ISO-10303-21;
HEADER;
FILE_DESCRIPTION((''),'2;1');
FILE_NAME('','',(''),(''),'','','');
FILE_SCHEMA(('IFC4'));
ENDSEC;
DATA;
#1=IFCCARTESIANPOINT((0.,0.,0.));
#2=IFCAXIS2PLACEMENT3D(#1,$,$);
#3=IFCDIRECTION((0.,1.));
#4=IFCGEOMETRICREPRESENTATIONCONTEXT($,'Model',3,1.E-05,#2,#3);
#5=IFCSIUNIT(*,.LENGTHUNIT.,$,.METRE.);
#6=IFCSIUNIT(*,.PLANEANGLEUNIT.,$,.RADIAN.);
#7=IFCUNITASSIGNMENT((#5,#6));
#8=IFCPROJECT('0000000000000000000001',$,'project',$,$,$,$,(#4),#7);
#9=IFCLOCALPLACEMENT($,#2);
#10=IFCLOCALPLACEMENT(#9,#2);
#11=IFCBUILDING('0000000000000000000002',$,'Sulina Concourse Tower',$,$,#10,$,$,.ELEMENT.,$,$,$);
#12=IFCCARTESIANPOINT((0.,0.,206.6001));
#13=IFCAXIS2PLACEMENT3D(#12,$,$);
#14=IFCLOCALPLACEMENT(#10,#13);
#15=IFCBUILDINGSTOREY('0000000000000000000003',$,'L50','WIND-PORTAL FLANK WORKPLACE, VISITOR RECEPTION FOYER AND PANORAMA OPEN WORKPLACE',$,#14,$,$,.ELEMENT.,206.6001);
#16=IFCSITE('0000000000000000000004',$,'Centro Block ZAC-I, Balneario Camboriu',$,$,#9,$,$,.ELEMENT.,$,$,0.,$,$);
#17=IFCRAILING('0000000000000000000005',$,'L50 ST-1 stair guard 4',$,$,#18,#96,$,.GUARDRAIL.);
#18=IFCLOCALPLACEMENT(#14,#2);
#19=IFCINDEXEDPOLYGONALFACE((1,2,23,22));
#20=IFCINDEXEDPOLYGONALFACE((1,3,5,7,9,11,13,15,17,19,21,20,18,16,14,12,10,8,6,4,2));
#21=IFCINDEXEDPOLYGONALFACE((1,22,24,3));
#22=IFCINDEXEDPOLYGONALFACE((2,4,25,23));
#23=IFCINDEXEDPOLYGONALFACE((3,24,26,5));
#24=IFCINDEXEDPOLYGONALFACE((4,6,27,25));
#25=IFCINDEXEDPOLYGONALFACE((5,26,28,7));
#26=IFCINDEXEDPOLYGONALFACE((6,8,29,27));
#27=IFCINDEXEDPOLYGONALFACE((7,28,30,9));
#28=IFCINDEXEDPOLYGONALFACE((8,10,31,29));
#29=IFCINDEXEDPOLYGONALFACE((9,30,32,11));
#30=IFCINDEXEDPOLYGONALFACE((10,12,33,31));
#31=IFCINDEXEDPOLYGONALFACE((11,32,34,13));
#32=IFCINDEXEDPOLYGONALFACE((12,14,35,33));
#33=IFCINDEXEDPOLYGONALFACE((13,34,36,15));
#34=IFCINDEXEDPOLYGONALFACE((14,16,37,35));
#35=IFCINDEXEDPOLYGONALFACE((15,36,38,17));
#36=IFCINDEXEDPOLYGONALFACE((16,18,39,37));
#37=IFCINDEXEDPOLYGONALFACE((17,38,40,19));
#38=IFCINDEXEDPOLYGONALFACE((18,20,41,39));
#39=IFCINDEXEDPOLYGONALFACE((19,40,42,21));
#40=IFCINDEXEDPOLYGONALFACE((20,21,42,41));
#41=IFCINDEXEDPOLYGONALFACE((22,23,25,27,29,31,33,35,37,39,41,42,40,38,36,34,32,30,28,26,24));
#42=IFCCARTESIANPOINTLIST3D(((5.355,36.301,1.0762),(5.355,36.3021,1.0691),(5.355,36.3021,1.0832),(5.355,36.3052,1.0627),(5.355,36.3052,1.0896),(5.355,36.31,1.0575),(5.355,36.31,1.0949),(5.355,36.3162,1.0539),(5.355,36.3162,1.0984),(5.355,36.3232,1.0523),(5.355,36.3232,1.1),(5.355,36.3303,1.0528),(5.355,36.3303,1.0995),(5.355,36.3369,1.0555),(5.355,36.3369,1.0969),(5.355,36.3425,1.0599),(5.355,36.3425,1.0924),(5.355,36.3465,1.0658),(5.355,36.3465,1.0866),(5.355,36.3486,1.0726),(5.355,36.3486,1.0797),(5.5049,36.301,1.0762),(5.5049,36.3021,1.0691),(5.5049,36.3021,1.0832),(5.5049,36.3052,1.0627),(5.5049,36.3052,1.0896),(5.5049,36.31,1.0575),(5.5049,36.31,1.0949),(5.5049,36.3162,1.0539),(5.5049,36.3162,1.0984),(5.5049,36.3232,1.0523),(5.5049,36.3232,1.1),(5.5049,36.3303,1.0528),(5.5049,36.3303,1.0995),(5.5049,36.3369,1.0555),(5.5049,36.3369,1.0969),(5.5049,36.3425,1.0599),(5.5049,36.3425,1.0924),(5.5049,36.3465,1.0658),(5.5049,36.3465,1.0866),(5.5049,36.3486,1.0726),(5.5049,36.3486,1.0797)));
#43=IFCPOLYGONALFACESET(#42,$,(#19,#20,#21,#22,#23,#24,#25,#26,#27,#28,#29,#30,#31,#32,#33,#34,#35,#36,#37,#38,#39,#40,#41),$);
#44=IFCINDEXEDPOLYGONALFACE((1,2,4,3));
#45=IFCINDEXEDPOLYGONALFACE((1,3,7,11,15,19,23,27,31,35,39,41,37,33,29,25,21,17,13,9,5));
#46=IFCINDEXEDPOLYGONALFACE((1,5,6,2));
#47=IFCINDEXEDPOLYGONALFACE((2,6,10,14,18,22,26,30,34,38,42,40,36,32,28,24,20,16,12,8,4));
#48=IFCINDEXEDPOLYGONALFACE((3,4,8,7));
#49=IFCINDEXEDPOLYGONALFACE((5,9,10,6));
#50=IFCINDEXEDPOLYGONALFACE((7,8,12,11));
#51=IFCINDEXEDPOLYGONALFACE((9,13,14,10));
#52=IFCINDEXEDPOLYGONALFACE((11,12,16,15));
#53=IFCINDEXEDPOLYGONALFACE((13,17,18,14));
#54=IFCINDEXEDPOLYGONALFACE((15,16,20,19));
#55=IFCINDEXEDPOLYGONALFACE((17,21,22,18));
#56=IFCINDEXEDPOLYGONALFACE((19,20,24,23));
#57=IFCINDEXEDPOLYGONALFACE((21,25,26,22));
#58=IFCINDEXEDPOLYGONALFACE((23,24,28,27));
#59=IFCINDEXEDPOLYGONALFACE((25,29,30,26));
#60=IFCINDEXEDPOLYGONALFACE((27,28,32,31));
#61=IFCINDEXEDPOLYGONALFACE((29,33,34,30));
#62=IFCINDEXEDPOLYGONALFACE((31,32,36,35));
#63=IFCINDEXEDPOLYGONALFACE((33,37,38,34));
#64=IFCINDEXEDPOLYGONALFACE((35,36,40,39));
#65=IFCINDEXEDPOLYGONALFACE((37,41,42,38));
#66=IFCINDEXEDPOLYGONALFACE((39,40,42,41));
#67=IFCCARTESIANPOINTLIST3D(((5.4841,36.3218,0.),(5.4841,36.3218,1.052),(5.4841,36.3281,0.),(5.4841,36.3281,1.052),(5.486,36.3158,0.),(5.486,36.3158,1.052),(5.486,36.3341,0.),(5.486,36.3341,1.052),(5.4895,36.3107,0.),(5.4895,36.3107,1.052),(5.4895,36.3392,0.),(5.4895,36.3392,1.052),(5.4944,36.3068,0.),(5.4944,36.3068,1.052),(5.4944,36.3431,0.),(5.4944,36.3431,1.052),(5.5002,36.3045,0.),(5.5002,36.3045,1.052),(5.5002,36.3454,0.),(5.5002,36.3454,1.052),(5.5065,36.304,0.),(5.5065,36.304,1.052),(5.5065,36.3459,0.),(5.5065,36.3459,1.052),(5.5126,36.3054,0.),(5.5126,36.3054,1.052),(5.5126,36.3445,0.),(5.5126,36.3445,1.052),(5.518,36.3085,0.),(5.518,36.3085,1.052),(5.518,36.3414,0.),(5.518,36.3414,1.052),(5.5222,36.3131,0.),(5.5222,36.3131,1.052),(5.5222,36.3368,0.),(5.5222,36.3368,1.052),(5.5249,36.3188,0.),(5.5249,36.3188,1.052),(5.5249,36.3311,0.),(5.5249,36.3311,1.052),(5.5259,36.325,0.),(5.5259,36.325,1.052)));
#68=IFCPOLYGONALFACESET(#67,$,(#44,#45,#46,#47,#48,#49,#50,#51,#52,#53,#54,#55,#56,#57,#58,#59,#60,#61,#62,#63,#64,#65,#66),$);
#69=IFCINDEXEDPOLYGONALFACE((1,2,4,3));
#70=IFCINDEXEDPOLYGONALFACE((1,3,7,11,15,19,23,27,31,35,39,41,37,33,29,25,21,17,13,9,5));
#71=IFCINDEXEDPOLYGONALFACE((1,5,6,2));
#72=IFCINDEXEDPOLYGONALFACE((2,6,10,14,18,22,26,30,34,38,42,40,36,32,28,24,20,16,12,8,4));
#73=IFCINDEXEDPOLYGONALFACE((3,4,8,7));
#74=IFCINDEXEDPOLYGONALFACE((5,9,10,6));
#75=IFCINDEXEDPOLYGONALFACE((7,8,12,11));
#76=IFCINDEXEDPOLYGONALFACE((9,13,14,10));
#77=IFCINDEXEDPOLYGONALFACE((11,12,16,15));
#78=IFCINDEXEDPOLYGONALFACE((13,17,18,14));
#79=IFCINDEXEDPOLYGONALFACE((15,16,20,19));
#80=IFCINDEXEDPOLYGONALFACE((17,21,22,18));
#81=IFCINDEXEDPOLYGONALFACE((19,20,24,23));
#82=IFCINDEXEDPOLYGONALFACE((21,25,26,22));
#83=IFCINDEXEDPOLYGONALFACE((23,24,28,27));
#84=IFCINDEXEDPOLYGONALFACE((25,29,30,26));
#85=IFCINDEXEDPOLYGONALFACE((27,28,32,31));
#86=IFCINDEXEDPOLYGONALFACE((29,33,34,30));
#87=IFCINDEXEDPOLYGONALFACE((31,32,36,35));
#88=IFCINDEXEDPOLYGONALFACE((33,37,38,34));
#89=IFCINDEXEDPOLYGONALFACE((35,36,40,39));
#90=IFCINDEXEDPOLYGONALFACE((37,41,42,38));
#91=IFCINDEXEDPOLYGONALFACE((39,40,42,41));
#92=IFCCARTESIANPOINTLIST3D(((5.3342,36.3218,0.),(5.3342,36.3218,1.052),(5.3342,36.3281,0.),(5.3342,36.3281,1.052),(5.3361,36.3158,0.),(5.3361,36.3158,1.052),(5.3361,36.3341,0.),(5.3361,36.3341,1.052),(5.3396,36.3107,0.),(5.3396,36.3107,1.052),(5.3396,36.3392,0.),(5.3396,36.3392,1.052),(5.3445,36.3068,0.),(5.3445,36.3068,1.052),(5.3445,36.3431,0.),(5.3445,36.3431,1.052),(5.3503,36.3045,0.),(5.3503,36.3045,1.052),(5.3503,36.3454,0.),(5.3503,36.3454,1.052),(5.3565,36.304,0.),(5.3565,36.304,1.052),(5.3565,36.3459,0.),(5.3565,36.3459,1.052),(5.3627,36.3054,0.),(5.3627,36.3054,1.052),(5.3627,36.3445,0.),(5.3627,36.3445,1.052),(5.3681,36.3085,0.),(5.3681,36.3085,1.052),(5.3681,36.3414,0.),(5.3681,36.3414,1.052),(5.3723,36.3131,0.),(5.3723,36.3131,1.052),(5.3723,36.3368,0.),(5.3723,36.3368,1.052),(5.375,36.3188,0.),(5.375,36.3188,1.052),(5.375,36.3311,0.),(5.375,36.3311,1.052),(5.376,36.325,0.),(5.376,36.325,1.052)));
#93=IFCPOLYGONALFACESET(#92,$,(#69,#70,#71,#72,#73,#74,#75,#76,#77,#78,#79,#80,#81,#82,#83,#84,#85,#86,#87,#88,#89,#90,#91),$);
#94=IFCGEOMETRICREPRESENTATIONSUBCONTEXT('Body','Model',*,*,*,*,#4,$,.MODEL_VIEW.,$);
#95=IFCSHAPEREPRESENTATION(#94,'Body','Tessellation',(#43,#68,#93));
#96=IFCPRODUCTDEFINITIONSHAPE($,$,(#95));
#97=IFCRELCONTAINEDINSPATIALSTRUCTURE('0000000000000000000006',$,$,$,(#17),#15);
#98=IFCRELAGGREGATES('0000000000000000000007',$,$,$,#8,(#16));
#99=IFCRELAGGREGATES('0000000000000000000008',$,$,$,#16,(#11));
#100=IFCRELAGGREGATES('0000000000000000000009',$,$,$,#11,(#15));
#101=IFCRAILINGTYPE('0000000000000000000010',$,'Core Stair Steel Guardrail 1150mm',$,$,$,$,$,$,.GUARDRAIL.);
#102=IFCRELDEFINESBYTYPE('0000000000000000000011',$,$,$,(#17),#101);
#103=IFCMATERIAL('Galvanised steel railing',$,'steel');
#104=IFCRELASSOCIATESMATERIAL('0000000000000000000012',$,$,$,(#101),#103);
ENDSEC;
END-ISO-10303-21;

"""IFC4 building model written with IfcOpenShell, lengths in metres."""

from ifc_helpers import new_model, si_unit, direction, frame, origin, origin_2d, place, context, subcontext, project, spatial, circle, extrude, material, type_object, element, save


model = new_model("IFC4")

# Units and contexts
model_context = context("Model", 3, precision=1e-05, world=origin(), true_north=direction((0.0, 1.0)))
body_context = subcontext(model_context, "Body", "Model", "MODEL_VIEW")
ifc_project = project(units=[si_unit("LENGTHUNIT", "METRE"), si_unit("PLANEANGLEUNIT", "RADIAN")], contexts=[model_context])

# Site, building, storey
site_placement = place(None, origin())
site = spatial("IfcSite", under=ifc_project, at=site_placement, Name="Centro Block ZAC-I, Balneario Camboriu", CompositionType="ELEMENT", RefElevation=0.0)
building_placement = place(site_placement, origin())
building = spatial("IfcBuilding", under=site, at=building_placement, Name="Sulina Concourse Tower", CompositionType="ELEMENT")
storey_placement = place(building_placement, frame((0.0, 0.0, 206.6001)))
storey = spatial("IfcBuildingStorey", under=building, at=storey_placement, Name="L50", Description="WIND-PORTAL FLANK WORKPLACE, VISITOR RECEPTION FOYER AND PANORAMA OPEN WORKPLACE", CompositionType="ELEMENT", Elevation=206.6001)

# Railing
ifc_material_1 = material(Name="Galvanised steel railing", Category="steel")
railing_type_1 = type_object("IfcRailingType", Name="Core Stair Steel Guardrail 1150mm", PredefinedType="GUARDRAIL", material=ifc_material_1)
railing_1_placement = place(storey_placement, frame((5.5049, 36.325, 0.0)))
element("IfcRailing", 1, at=railing_1_placement, inside=storey, type_object=railing_type_1, Name="L50 ST-1 stair guard 4", PredefinedType="GUARDRAIL", context=body_context, shape_type="SweptSolid", body=[
    extrude(circle(Radius=0.0239, at=origin_2d()), frame((0.0, 0.0, 1.0762), z_axis=(-1.0, 0.0, 0.0), x_axis=(0.0, -1.0, 0.0)), (0.0, 0.0, 1.0), 0.1499),
    extrude(circle(Radius=0.021, at=origin_2d()), origin(), (0.0, 0.0, 1.0), 1.052),
    extrude(circle(Radius=0.021, at=origin_2d()), frame((-0.1499, 0.0, 0.0)), (0.0, 0.0, 1.0), 1.052),
])

save(model, "model.ifc")
